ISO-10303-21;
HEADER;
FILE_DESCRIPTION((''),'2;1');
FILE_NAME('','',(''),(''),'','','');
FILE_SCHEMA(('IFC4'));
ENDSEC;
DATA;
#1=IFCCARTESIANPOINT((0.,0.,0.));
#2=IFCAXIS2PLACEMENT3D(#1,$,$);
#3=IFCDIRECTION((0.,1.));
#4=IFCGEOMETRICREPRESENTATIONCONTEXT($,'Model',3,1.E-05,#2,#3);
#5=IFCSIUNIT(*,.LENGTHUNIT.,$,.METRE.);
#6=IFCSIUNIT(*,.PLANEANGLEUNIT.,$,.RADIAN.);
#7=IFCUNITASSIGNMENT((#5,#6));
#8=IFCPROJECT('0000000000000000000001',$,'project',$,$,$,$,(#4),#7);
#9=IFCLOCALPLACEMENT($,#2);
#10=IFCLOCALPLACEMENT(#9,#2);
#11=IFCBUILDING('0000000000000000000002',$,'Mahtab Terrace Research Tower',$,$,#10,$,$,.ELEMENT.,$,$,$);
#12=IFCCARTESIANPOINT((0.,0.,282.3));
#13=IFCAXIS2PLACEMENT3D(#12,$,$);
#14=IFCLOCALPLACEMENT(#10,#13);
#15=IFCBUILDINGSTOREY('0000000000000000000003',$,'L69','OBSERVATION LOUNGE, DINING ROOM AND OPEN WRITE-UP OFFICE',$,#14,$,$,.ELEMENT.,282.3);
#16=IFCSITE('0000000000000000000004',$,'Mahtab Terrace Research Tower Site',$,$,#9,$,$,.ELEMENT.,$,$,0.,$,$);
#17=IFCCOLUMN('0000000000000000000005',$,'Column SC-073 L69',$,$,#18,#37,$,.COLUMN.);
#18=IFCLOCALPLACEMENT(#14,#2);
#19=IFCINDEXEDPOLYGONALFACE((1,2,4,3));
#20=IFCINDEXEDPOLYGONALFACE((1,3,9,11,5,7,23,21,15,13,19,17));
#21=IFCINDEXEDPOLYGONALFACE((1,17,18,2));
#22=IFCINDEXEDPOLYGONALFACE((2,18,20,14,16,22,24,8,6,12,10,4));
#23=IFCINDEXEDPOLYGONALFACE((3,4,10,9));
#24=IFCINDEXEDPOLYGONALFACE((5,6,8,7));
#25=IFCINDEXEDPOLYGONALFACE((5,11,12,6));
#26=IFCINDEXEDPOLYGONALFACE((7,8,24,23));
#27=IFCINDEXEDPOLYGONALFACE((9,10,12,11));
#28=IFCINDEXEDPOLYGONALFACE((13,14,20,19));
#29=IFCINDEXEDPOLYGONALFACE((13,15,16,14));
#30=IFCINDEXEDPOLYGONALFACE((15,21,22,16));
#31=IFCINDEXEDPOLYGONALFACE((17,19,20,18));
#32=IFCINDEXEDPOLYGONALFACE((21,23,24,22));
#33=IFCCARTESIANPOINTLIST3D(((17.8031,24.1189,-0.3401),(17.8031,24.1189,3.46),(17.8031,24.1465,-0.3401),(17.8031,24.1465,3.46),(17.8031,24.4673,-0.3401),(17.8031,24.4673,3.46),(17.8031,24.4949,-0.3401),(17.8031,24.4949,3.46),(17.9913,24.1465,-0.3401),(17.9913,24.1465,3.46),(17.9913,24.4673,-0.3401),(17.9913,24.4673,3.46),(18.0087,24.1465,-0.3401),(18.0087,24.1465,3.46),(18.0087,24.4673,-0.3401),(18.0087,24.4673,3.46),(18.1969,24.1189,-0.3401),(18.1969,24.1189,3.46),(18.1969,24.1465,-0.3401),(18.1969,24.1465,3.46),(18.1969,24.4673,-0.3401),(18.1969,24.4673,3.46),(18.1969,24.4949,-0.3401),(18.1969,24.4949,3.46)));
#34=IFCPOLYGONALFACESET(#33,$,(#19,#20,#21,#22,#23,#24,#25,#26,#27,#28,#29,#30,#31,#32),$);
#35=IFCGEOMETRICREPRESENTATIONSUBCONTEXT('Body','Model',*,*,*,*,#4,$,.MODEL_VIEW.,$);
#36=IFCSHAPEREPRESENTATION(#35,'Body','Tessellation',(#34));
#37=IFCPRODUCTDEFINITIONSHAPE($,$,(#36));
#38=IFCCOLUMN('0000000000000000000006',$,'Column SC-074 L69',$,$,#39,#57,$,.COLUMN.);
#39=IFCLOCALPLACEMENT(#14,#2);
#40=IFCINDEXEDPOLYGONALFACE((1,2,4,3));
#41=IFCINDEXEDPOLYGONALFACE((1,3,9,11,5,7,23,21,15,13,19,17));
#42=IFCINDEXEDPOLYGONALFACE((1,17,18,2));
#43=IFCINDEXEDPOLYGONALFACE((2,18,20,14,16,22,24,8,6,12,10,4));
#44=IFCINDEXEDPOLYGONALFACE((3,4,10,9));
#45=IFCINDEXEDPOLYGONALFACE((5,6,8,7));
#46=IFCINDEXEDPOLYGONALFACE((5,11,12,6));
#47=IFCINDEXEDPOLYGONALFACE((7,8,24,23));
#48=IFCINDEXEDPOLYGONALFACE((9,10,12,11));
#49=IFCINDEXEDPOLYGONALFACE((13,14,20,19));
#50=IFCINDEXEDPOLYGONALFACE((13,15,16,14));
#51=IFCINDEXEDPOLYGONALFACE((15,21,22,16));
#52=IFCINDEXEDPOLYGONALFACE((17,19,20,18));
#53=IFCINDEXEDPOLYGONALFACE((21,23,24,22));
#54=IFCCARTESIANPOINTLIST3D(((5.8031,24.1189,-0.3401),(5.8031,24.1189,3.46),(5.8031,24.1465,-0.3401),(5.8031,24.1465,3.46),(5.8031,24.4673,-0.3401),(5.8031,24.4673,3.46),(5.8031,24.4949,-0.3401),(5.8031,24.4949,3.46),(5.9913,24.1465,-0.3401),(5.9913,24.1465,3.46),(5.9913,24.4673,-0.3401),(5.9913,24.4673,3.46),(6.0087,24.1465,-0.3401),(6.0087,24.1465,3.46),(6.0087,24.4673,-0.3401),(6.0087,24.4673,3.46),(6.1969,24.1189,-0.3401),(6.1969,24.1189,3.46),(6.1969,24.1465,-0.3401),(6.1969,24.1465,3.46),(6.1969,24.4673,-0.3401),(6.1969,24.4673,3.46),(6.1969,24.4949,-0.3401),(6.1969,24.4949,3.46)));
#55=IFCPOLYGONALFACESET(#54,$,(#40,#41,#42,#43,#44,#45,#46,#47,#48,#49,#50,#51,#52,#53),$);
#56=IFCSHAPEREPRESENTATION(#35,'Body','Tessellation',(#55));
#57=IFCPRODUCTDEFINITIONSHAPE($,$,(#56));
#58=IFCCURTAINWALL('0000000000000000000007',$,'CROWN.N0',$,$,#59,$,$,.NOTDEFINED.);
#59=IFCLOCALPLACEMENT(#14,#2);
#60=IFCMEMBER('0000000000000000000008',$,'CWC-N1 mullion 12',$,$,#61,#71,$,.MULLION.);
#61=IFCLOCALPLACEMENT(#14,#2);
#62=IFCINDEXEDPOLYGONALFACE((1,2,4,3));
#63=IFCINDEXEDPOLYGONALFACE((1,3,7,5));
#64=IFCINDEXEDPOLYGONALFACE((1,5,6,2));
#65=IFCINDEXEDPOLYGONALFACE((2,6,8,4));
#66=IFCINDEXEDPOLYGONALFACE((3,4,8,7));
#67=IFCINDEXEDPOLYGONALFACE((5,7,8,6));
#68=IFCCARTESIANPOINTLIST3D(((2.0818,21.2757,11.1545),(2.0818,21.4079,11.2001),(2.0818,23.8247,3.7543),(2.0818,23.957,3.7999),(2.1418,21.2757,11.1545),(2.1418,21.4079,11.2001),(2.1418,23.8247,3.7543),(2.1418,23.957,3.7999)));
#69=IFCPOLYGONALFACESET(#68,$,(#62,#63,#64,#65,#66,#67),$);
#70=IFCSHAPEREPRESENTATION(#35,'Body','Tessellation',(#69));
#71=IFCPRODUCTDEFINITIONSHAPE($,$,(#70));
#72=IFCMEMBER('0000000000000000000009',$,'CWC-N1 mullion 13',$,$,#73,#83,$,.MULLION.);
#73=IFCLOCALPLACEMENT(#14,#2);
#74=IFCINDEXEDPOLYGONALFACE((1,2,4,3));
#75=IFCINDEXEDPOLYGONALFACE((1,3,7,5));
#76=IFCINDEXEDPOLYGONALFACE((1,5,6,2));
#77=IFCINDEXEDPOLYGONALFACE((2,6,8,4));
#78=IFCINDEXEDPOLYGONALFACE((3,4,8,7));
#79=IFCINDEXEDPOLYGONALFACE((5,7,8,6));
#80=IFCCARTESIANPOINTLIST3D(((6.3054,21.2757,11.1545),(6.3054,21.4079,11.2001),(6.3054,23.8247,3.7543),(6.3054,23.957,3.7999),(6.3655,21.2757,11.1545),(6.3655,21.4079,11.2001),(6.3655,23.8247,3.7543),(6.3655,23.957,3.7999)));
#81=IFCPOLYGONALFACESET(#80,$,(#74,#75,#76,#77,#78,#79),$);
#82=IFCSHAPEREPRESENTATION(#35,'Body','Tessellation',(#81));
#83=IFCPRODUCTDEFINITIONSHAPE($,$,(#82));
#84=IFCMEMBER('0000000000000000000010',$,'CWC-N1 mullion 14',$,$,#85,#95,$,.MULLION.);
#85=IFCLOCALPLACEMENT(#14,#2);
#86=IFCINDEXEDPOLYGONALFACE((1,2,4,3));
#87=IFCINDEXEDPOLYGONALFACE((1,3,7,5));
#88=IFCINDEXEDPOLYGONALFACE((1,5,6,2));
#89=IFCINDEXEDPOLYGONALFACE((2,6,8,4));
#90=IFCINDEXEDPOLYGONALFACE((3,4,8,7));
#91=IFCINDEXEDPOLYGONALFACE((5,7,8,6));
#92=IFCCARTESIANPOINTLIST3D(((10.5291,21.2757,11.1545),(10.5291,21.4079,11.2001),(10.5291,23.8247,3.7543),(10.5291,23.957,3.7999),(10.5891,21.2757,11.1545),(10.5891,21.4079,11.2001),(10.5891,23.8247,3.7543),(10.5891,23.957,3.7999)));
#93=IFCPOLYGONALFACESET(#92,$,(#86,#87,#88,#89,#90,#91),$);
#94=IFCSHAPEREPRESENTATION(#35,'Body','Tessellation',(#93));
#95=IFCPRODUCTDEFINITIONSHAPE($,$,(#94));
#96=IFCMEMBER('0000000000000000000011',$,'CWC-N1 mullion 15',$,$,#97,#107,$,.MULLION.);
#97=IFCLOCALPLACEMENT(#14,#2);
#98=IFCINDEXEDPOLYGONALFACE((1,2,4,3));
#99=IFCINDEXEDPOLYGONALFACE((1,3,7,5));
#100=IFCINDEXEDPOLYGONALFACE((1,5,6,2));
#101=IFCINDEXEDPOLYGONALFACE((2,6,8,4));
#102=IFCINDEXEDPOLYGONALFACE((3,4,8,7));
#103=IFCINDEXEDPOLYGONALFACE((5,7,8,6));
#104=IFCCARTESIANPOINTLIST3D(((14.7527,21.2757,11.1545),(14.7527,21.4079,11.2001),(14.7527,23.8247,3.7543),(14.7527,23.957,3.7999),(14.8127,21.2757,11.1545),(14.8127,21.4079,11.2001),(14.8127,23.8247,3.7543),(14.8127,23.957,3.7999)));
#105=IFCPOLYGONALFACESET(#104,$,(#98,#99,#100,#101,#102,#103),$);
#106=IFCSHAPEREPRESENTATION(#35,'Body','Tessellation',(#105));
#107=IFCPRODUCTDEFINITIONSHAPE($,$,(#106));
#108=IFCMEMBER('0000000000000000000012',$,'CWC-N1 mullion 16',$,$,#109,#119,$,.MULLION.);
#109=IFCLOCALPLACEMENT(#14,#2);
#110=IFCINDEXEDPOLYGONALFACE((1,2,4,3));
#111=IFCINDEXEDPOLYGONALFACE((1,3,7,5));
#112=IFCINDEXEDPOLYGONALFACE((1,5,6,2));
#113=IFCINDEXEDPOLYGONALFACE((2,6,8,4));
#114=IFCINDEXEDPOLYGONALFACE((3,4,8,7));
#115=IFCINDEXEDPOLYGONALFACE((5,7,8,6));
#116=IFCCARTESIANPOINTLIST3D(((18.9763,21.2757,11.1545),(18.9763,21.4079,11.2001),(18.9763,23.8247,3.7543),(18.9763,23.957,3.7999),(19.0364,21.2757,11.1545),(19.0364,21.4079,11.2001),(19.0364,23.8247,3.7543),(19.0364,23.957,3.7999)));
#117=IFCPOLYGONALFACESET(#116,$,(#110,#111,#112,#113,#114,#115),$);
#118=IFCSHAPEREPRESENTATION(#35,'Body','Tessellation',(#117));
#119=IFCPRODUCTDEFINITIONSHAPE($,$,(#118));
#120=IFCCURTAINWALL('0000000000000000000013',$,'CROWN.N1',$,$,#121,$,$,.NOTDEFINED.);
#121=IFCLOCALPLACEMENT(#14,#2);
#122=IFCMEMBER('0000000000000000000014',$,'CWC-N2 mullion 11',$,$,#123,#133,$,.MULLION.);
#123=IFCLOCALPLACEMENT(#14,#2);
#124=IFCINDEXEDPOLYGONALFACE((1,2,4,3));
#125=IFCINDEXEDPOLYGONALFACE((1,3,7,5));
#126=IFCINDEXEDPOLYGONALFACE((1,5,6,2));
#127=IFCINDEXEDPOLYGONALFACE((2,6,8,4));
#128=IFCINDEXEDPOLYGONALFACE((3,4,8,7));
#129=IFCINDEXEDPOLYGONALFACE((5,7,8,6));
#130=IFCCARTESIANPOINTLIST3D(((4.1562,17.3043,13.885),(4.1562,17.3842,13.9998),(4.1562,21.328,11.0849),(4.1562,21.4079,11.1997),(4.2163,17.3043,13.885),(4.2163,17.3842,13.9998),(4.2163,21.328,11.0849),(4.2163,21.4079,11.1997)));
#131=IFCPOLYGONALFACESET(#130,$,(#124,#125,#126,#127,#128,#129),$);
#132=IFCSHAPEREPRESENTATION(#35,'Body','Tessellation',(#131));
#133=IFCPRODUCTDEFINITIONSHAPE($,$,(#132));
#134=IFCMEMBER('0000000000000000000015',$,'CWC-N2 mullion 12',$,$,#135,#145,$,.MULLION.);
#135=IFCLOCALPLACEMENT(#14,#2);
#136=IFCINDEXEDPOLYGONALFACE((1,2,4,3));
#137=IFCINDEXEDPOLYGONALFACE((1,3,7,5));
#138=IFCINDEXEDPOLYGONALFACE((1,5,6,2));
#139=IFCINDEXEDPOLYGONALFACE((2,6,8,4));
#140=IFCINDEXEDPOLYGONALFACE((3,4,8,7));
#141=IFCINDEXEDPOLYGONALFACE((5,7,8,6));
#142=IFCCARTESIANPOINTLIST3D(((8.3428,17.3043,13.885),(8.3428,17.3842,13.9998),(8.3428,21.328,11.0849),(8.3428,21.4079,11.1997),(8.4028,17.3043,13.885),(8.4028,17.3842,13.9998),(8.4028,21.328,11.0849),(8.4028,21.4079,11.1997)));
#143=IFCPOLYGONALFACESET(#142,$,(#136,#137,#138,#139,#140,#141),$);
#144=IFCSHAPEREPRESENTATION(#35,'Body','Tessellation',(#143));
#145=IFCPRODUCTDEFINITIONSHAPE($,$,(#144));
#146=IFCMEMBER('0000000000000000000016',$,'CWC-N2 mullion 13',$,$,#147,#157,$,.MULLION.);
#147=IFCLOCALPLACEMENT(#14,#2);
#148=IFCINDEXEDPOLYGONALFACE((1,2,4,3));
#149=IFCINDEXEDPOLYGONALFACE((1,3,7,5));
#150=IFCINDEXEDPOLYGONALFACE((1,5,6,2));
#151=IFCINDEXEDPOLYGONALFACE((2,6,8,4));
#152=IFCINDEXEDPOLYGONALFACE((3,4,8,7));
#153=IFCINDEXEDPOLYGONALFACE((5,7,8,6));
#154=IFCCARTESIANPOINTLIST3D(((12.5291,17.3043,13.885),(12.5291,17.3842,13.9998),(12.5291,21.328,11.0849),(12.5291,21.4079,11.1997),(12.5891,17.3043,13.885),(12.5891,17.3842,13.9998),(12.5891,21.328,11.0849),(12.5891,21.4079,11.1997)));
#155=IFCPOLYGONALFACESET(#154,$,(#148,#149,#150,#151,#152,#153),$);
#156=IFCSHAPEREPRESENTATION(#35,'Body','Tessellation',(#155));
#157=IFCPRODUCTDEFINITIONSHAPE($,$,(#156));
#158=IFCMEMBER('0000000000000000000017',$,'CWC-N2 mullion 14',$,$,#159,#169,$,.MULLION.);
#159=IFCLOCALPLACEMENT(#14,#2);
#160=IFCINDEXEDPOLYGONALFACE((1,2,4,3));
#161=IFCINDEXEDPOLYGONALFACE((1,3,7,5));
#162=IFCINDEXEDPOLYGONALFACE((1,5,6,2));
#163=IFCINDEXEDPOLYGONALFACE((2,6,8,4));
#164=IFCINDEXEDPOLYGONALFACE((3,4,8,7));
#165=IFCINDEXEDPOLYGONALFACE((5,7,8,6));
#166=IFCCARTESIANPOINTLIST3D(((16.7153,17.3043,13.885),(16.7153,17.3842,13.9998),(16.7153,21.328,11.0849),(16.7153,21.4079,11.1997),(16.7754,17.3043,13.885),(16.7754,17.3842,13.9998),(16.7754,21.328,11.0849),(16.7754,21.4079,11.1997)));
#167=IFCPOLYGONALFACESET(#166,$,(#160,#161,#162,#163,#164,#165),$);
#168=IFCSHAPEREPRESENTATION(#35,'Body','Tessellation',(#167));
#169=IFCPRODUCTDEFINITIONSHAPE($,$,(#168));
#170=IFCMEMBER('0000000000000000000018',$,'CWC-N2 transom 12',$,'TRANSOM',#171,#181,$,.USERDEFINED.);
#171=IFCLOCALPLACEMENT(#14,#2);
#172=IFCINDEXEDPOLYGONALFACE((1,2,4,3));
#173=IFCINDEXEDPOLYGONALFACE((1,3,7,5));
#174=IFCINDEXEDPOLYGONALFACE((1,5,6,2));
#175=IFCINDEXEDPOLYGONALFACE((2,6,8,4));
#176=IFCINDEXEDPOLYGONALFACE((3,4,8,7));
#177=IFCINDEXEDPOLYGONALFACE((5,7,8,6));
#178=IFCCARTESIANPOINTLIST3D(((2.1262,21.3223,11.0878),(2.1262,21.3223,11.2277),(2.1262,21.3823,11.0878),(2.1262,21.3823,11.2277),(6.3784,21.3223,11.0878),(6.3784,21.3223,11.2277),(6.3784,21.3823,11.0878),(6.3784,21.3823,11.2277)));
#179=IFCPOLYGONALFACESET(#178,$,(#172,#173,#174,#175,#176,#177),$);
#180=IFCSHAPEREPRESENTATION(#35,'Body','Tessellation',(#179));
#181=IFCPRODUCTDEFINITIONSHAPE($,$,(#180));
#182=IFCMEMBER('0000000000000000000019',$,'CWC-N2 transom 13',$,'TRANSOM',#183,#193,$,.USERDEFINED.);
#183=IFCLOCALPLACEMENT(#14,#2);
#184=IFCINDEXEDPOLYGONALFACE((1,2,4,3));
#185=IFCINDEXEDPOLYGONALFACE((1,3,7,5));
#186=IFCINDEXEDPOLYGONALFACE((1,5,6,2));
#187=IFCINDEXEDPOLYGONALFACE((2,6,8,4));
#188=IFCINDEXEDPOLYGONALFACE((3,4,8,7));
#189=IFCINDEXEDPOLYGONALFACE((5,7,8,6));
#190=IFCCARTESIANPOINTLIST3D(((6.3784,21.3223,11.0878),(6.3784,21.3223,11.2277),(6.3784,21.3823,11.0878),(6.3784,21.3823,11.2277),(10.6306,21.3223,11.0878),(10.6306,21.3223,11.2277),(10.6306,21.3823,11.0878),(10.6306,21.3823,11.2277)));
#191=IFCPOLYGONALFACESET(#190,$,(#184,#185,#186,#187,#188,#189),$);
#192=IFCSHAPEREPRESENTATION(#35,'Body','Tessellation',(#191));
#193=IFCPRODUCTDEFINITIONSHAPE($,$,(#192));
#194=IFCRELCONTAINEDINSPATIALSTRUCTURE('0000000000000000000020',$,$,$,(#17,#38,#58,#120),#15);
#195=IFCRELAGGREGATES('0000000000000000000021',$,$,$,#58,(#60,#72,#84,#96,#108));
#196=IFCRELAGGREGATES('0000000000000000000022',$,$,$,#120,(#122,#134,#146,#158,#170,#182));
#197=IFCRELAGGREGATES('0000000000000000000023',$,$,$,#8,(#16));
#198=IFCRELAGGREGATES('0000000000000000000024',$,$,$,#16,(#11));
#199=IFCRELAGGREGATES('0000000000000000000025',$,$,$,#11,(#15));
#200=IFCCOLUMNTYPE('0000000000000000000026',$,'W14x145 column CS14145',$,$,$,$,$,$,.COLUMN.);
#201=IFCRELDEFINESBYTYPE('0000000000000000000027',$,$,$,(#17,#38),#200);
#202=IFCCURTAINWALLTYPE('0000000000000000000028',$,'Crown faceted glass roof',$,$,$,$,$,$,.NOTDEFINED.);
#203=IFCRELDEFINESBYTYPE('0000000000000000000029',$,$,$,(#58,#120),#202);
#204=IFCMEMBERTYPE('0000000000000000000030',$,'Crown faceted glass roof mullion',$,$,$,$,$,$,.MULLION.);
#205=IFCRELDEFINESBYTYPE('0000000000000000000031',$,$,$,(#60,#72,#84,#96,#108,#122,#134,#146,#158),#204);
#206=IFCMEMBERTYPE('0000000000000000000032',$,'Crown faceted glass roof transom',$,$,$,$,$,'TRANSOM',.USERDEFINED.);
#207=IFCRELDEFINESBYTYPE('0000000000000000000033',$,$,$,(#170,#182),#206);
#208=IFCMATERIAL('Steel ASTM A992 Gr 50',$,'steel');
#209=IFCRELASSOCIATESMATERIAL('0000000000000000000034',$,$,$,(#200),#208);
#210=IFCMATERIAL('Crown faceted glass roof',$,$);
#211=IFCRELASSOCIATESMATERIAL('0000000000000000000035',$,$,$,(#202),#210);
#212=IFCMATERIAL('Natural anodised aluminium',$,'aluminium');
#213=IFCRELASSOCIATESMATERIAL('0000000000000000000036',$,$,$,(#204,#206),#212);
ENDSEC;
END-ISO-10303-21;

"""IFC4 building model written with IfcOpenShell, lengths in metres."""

from ifc_helpers import new_model, si_unit, direction, frame, origin, origin_2d, place, context, subcontext, project, spatial, rectangle, i_section, extrude, material, material_profile, profile_set, type_object, element, aggregate, save


model = new_model("IFC4")

# Units and contexts
model_context = context("Model", 3, precision=1e-05, world=origin(), true_north=direction((0.0, 1.0)))
body_context = subcontext(model_context, "Body", "Model", "MODEL_VIEW")
ifc_project = project(units=[si_unit("LENGTHUNIT", "METRE"), si_unit("PLANEANGLEUNIT", "RADIAN")], contexts=[model_context])

# Site, building, storey
site_placement = place(None, origin())
site = spatial("IfcSite", under=ifc_project, at=site_placement, Name="Mahtab Terrace Research Tower Site", CompositionType="ELEMENT", RefElevation=0.0)
building_placement = place(site_placement, origin())
building = spatial("IfcBuilding", under=site, at=building_placement, Name="Mahtab Terrace Research Tower", CompositionType="ELEMENT")
storey_placement = place(building_placement, frame((0.0, 0.0, 282.3)))
storey = spatial("IfcBuildingStorey", under=building, at=storey_placement, Name="L69", Description="OBSERVATION LOUNGE, DINING ROOM AND OPEN WRITE-UP OFFICE", CompositionType="ELEMENT", Elevation=282.3)

# Columns
ifc_material_1 = material(Name="Steel ASTM A992 Gr 50", Category="steel")
ifc_material_profile_1 = material_profile(ifc_material_1, i_section(OverallWidth=0.3938, OverallDepth=0.376, WebThickness=0.0173, FlangeThickness=0.0276, at=origin_2d()), Name="W14X145")
ifc_profile_set_1 = profile_set([ifc_material_profile_1], Name="Steel ASTM A992 Gr 50")
column_type = type_object("IfcColumnType", Name="W14x145 column CS14145", PredefinedType="COLUMN", material=ifc_profile_set_1)
for number, where, z_axis, x_axis, name in (
    (1, (18.0, 24.3069, -0.3401), (0.0, 0.0, 1.0), (1.0, 0.0, 0.0), "Column SC-073 L69"),
    (2, (6.0, 24.3069, -0.3401), (0.0, 0.0, 1.0), (1.0, 0.0, 0.0), "Column SC-074 L69"),
):
    element("IfcColumn", number, at=place(storey_placement, frame(where, z_axis=z_axis, x_axis=x_axis)), inside=storey, type_object=column_type, Name=name, PredefinedType="COLUMN", context=body_context, shape_type="SweptSolid", body=[
        extrude(i_section(OverallWidth=0.3938, OverallDepth=0.376, WebThickness=0.0173, FlangeThickness=0.0276, at=origin_2d()), origin(), (0.0, 0.0, 1.0), 3.8),
    ])

# Curtain walls, members
ifc_material_2 = material(Name="Crown faceted glass roof")
curtain_wall_type_1 = type_object("IfcCurtainWallType", Name="Crown faceted glass roof", PredefinedType="NOTDEFINED", material=ifc_material_2)
curtain_wall_1_placement = place(storey_placement, origin())
curtain_wall_1 = element("IfcCurtainWall", 3, at=curtain_wall_1_placement, inside=storey, type_object=curtain_wall_type_1, Name="CROWN.N0", PredefinedType="NOTDEFINED")
ifc_material_3 = material(Name="Natural anodised aluminium", Category="aluminium")
ifc_material_profile_2 = material_profile(ifc_material_3, rectangle(XDim=0.0601, YDim=0.1399, at=origin_2d()), Name="MULLION 60x140")
ifc_profile_set_2 = profile_set([ifc_material_profile_2], Name="Natural anodised aluminium")
member_type_1 = type_object("IfcMemberType", Name="Crown faceted glass roof mullion", PredefinedType="MULLION", material=ifc_profile_set_2)
member_1_placement = place(storey_placement, frame((2.1118, 23.8909, 3.7771), z_axis=(0.0, -0.325682, 0.945479), x_axis=(1.0, 0.0, 0.0)))
member_1 = element("IfcMember", 4, at=member_1_placement, type_object=member_type_1, Name="CWC-N1 mullion 12", PredefinedType="MULLION", context=body_context, shape_type="SweptSolid", body=[
    extrude(rectangle(XDim=0.0601, YDim=0.1399, at=origin_2d()), origin(), (0.0, 0.0, 1.0), 7.8269),
])
member_2_placement = place(storey_placement, frame((6.3354, 23.8909, 3.7771), z_axis=(0.0, -0.325682, 0.945479), x_axis=(1.0, 0.0, 0.0)))
member_2 = element("IfcMember", 5, at=member_2_placement, type_object=member_type_1, Name="CWC-N1 mullion 13", PredefinedType="MULLION", context=body_context, shape_type="SweptSolid", body=[
    extrude(rectangle(XDim=0.0601, YDim=0.1399, at=origin_2d()), origin(), (0.0, 0.0, 1.0), 7.8269),
])
member_3_placement = place(storey_placement, frame((10.5591, 23.8909, 3.7771), z_axis=(0.0, -0.325682, 0.945479), x_axis=(1.0, 0.0, 0.0)))
member_3 = element("IfcMember", 6, at=member_3_placement, type_object=member_type_1, Name="CWC-N1 mullion 14", PredefinedType="MULLION", context=body_context, shape_type="SweptSolid", body=[
    extrude(rectangle(XDim=0.0601, YDim=0.1399, at=origin_2d()), origin(), (0.0, 0.0, 1.0), 7.8269),
])
member_4_placement = place(storey_placement, frame((14.7827, 23.8909, 3.7771), z_axis=(0.0, -0.325682, 0.945479), x_axis=(1.0, 0.0, 0.0)))
member_4 = element("IfcMember", 7, at=member_4_placement, type_object=member_type_1, Name="CWC-N1 mullion 15", PredefinedType="MULLION", context=body_context, shape_type="SweptSolid", body=[
    extrude(rectangle(XDim=0.0601, YDim=0.1399, at=origin_2d()), origin(), (0.0, 0.0, 1.0), 7.8269),
])
member_5_placement = place(storey_placement, frame((19.0063, 23.8909, 3.7771), z_axis=(0.0, -0.325682, 0.945479), x_axis=(1.0, 0.0, 0.0)))
member_5 = element("IfcMember", 8, at=member_5_placement, type_object=member_type_1, Name="CWC-N1 mullion 16", PredefinedType="MULLION", context=body_context, shape_type="SweptSolid", body=[
    extrude(rectangle(XDim=0.0601, YDim=0.1399, at=origin_2d()), origin(), (0.0, 0.0, 1.0), 7.8269),
])
curtain_wall_2_placement = place(storey_placement, origin())
curtain_wall_2 = element("IfcCurtainWall", 9, at=curtain_wall_2_placement, inside=storey, type_object=curtain_wall_type_1, Name="CROWN.N1", PredefinedType="NOTDEFINED")
member_6_placement = place(storey_placement, frame((4.1863, 21.3679, 11.1423), z_axis=(0.0, -0.820813, 0.571197), x_axis=(1.0, 0.0, 0.0)))
member_6 = element("IfcMember", 10, at=member_6_placement, type_object=member_type_1, Name="CWC-N2 mullion 11", PredefinedType="MULLION", context=body_context, shape_type="SweptSolid", body=[
    extrude(rectangle(XDim=0.0601, YDim=0.1399, at=origin_2d()), origin(), (0.0, 0.0, 1.0), 4.9021),
])
member_7_placement = place(storey_placement, frame((8.3728, 21.3679, 11.1423), z_axis=(0.0, -0.820813, 0.571197), x_axis=(1.0, 0.0, 0.0)))
member_7 = element("IfcMember", 11, at=member_7_placement, type_object=member_type_1, Name="CWC-N2 mullion 12", PredefinedType="MULLION", context=body_context, shape_type="SweptSolid", body=[
    extrude(rectangle(XDim=0.0601, YDim=0.1399, at=origin_2d()), origin(), (0.0, 0.0, 1.0), 4.9021),
])
member_8_placement = place(storey_placement, frame((12.5591, 21.3679, 11.1423), z_axis=(0.0, -0.820813, 0.571197), x_axis=(1.0, 0.0, 0.0)))
member_8 = element("IfcMember", 12, at=member_8_placement, type_object=member_type_1, Name="CWC-N2 mullion 13", PredefinedType="MULLION", context=body_context, shape_type="SweptSolid", body=[
    extrude(rectangle(XDim=0.0601, YDim=0.1399, at=origin_2d()), origin(), (0.0, 0.0, 1.0), 4.9021),
])
member_9_placement = place(storey_placement, frame((16.7454, 21.3679, 11.1423), z_axis=(0.0, -0.820813, 0.571197), x_axis=(1.0, 0.0, 0.0)))
member_9 = element("IfcMember", 13, at=member_9_placement, type_object=member_type_1, Name="CWC-N2 mullion 14", PredefinedType="MULLION", context=body_context, shape_type="SweptSolid", body=[
    extrude(rectangle(XDim=0.0601, YDim=0.1399, at=origin_2d()), origin(), (0.0, 0.0, 1.0), 4.9021),
])
ifc_material_profile_3 = material_profile(ifc_material_3, rectangle(XDim=0.0601, YDim=0.1399, at=origin_2d()), Name="TRANSOM 60x140")
ifc_profile_set_3 = profile_set([ifc_material_profile_3], Name="Natural anodised aluminium")
member_type_2 = type_object("IfcMemberType", Name="Crown faceted glass roof transom", ElementType="TRANSOM", PredefinedType="USERDEFINED", material=ifc_profile_set_3)
member_10_placement = place(storey_placement, frame((2.1262, 21.3523, 11.1577), z_axis=(1.0, 0.0, 0.0), x_axis=(0.0, 1.0, 0.0)))
member_10 = element("IfcMember", 14, at=member_10_placement, type_object=member_type_2, Name="CWC-N2 transom 12", ObjectType="TRANSOM", PredefinedType="USERDEFINED", context=body_context, shape_type="SweptSolid", body=[
    extrude(rectangle(XDim=0.0601, YDim=0.1399, at=origin_2d()), origin(), (0.0, 0.0, 1.0), 4.2522),
])
member_11_placement = place(storey_placement, frame((6.3784, 21.3523, 11.1577), z_axis=(1.0, 0.0, 0.0), x_axis=(0.0, 1.0, 0.0)))
member_11 = element("IfcMember", 15, at=member_11_placement, type_object=member_type_2, Name="CWC-N2 transom 13", ObjectType="TRANSOM", PredefinedType="USERDEFINED", context=body_context, shape_type="SweptSolid", body=[
    extrude(rectangle(XDim=0.0601, YDim=0.1399, at=origin_2d()), origin(), (0.0, 0.0, 1.0), 4.2522),
])

aggregate(curtain_wall_1, [member_1, member_2, member_3, member_4, member_5])
aggregate(curtain_wall_2, [member_6, member_7, member_8, member_9, member_10, member_11])

save(model, "model.ifc")
